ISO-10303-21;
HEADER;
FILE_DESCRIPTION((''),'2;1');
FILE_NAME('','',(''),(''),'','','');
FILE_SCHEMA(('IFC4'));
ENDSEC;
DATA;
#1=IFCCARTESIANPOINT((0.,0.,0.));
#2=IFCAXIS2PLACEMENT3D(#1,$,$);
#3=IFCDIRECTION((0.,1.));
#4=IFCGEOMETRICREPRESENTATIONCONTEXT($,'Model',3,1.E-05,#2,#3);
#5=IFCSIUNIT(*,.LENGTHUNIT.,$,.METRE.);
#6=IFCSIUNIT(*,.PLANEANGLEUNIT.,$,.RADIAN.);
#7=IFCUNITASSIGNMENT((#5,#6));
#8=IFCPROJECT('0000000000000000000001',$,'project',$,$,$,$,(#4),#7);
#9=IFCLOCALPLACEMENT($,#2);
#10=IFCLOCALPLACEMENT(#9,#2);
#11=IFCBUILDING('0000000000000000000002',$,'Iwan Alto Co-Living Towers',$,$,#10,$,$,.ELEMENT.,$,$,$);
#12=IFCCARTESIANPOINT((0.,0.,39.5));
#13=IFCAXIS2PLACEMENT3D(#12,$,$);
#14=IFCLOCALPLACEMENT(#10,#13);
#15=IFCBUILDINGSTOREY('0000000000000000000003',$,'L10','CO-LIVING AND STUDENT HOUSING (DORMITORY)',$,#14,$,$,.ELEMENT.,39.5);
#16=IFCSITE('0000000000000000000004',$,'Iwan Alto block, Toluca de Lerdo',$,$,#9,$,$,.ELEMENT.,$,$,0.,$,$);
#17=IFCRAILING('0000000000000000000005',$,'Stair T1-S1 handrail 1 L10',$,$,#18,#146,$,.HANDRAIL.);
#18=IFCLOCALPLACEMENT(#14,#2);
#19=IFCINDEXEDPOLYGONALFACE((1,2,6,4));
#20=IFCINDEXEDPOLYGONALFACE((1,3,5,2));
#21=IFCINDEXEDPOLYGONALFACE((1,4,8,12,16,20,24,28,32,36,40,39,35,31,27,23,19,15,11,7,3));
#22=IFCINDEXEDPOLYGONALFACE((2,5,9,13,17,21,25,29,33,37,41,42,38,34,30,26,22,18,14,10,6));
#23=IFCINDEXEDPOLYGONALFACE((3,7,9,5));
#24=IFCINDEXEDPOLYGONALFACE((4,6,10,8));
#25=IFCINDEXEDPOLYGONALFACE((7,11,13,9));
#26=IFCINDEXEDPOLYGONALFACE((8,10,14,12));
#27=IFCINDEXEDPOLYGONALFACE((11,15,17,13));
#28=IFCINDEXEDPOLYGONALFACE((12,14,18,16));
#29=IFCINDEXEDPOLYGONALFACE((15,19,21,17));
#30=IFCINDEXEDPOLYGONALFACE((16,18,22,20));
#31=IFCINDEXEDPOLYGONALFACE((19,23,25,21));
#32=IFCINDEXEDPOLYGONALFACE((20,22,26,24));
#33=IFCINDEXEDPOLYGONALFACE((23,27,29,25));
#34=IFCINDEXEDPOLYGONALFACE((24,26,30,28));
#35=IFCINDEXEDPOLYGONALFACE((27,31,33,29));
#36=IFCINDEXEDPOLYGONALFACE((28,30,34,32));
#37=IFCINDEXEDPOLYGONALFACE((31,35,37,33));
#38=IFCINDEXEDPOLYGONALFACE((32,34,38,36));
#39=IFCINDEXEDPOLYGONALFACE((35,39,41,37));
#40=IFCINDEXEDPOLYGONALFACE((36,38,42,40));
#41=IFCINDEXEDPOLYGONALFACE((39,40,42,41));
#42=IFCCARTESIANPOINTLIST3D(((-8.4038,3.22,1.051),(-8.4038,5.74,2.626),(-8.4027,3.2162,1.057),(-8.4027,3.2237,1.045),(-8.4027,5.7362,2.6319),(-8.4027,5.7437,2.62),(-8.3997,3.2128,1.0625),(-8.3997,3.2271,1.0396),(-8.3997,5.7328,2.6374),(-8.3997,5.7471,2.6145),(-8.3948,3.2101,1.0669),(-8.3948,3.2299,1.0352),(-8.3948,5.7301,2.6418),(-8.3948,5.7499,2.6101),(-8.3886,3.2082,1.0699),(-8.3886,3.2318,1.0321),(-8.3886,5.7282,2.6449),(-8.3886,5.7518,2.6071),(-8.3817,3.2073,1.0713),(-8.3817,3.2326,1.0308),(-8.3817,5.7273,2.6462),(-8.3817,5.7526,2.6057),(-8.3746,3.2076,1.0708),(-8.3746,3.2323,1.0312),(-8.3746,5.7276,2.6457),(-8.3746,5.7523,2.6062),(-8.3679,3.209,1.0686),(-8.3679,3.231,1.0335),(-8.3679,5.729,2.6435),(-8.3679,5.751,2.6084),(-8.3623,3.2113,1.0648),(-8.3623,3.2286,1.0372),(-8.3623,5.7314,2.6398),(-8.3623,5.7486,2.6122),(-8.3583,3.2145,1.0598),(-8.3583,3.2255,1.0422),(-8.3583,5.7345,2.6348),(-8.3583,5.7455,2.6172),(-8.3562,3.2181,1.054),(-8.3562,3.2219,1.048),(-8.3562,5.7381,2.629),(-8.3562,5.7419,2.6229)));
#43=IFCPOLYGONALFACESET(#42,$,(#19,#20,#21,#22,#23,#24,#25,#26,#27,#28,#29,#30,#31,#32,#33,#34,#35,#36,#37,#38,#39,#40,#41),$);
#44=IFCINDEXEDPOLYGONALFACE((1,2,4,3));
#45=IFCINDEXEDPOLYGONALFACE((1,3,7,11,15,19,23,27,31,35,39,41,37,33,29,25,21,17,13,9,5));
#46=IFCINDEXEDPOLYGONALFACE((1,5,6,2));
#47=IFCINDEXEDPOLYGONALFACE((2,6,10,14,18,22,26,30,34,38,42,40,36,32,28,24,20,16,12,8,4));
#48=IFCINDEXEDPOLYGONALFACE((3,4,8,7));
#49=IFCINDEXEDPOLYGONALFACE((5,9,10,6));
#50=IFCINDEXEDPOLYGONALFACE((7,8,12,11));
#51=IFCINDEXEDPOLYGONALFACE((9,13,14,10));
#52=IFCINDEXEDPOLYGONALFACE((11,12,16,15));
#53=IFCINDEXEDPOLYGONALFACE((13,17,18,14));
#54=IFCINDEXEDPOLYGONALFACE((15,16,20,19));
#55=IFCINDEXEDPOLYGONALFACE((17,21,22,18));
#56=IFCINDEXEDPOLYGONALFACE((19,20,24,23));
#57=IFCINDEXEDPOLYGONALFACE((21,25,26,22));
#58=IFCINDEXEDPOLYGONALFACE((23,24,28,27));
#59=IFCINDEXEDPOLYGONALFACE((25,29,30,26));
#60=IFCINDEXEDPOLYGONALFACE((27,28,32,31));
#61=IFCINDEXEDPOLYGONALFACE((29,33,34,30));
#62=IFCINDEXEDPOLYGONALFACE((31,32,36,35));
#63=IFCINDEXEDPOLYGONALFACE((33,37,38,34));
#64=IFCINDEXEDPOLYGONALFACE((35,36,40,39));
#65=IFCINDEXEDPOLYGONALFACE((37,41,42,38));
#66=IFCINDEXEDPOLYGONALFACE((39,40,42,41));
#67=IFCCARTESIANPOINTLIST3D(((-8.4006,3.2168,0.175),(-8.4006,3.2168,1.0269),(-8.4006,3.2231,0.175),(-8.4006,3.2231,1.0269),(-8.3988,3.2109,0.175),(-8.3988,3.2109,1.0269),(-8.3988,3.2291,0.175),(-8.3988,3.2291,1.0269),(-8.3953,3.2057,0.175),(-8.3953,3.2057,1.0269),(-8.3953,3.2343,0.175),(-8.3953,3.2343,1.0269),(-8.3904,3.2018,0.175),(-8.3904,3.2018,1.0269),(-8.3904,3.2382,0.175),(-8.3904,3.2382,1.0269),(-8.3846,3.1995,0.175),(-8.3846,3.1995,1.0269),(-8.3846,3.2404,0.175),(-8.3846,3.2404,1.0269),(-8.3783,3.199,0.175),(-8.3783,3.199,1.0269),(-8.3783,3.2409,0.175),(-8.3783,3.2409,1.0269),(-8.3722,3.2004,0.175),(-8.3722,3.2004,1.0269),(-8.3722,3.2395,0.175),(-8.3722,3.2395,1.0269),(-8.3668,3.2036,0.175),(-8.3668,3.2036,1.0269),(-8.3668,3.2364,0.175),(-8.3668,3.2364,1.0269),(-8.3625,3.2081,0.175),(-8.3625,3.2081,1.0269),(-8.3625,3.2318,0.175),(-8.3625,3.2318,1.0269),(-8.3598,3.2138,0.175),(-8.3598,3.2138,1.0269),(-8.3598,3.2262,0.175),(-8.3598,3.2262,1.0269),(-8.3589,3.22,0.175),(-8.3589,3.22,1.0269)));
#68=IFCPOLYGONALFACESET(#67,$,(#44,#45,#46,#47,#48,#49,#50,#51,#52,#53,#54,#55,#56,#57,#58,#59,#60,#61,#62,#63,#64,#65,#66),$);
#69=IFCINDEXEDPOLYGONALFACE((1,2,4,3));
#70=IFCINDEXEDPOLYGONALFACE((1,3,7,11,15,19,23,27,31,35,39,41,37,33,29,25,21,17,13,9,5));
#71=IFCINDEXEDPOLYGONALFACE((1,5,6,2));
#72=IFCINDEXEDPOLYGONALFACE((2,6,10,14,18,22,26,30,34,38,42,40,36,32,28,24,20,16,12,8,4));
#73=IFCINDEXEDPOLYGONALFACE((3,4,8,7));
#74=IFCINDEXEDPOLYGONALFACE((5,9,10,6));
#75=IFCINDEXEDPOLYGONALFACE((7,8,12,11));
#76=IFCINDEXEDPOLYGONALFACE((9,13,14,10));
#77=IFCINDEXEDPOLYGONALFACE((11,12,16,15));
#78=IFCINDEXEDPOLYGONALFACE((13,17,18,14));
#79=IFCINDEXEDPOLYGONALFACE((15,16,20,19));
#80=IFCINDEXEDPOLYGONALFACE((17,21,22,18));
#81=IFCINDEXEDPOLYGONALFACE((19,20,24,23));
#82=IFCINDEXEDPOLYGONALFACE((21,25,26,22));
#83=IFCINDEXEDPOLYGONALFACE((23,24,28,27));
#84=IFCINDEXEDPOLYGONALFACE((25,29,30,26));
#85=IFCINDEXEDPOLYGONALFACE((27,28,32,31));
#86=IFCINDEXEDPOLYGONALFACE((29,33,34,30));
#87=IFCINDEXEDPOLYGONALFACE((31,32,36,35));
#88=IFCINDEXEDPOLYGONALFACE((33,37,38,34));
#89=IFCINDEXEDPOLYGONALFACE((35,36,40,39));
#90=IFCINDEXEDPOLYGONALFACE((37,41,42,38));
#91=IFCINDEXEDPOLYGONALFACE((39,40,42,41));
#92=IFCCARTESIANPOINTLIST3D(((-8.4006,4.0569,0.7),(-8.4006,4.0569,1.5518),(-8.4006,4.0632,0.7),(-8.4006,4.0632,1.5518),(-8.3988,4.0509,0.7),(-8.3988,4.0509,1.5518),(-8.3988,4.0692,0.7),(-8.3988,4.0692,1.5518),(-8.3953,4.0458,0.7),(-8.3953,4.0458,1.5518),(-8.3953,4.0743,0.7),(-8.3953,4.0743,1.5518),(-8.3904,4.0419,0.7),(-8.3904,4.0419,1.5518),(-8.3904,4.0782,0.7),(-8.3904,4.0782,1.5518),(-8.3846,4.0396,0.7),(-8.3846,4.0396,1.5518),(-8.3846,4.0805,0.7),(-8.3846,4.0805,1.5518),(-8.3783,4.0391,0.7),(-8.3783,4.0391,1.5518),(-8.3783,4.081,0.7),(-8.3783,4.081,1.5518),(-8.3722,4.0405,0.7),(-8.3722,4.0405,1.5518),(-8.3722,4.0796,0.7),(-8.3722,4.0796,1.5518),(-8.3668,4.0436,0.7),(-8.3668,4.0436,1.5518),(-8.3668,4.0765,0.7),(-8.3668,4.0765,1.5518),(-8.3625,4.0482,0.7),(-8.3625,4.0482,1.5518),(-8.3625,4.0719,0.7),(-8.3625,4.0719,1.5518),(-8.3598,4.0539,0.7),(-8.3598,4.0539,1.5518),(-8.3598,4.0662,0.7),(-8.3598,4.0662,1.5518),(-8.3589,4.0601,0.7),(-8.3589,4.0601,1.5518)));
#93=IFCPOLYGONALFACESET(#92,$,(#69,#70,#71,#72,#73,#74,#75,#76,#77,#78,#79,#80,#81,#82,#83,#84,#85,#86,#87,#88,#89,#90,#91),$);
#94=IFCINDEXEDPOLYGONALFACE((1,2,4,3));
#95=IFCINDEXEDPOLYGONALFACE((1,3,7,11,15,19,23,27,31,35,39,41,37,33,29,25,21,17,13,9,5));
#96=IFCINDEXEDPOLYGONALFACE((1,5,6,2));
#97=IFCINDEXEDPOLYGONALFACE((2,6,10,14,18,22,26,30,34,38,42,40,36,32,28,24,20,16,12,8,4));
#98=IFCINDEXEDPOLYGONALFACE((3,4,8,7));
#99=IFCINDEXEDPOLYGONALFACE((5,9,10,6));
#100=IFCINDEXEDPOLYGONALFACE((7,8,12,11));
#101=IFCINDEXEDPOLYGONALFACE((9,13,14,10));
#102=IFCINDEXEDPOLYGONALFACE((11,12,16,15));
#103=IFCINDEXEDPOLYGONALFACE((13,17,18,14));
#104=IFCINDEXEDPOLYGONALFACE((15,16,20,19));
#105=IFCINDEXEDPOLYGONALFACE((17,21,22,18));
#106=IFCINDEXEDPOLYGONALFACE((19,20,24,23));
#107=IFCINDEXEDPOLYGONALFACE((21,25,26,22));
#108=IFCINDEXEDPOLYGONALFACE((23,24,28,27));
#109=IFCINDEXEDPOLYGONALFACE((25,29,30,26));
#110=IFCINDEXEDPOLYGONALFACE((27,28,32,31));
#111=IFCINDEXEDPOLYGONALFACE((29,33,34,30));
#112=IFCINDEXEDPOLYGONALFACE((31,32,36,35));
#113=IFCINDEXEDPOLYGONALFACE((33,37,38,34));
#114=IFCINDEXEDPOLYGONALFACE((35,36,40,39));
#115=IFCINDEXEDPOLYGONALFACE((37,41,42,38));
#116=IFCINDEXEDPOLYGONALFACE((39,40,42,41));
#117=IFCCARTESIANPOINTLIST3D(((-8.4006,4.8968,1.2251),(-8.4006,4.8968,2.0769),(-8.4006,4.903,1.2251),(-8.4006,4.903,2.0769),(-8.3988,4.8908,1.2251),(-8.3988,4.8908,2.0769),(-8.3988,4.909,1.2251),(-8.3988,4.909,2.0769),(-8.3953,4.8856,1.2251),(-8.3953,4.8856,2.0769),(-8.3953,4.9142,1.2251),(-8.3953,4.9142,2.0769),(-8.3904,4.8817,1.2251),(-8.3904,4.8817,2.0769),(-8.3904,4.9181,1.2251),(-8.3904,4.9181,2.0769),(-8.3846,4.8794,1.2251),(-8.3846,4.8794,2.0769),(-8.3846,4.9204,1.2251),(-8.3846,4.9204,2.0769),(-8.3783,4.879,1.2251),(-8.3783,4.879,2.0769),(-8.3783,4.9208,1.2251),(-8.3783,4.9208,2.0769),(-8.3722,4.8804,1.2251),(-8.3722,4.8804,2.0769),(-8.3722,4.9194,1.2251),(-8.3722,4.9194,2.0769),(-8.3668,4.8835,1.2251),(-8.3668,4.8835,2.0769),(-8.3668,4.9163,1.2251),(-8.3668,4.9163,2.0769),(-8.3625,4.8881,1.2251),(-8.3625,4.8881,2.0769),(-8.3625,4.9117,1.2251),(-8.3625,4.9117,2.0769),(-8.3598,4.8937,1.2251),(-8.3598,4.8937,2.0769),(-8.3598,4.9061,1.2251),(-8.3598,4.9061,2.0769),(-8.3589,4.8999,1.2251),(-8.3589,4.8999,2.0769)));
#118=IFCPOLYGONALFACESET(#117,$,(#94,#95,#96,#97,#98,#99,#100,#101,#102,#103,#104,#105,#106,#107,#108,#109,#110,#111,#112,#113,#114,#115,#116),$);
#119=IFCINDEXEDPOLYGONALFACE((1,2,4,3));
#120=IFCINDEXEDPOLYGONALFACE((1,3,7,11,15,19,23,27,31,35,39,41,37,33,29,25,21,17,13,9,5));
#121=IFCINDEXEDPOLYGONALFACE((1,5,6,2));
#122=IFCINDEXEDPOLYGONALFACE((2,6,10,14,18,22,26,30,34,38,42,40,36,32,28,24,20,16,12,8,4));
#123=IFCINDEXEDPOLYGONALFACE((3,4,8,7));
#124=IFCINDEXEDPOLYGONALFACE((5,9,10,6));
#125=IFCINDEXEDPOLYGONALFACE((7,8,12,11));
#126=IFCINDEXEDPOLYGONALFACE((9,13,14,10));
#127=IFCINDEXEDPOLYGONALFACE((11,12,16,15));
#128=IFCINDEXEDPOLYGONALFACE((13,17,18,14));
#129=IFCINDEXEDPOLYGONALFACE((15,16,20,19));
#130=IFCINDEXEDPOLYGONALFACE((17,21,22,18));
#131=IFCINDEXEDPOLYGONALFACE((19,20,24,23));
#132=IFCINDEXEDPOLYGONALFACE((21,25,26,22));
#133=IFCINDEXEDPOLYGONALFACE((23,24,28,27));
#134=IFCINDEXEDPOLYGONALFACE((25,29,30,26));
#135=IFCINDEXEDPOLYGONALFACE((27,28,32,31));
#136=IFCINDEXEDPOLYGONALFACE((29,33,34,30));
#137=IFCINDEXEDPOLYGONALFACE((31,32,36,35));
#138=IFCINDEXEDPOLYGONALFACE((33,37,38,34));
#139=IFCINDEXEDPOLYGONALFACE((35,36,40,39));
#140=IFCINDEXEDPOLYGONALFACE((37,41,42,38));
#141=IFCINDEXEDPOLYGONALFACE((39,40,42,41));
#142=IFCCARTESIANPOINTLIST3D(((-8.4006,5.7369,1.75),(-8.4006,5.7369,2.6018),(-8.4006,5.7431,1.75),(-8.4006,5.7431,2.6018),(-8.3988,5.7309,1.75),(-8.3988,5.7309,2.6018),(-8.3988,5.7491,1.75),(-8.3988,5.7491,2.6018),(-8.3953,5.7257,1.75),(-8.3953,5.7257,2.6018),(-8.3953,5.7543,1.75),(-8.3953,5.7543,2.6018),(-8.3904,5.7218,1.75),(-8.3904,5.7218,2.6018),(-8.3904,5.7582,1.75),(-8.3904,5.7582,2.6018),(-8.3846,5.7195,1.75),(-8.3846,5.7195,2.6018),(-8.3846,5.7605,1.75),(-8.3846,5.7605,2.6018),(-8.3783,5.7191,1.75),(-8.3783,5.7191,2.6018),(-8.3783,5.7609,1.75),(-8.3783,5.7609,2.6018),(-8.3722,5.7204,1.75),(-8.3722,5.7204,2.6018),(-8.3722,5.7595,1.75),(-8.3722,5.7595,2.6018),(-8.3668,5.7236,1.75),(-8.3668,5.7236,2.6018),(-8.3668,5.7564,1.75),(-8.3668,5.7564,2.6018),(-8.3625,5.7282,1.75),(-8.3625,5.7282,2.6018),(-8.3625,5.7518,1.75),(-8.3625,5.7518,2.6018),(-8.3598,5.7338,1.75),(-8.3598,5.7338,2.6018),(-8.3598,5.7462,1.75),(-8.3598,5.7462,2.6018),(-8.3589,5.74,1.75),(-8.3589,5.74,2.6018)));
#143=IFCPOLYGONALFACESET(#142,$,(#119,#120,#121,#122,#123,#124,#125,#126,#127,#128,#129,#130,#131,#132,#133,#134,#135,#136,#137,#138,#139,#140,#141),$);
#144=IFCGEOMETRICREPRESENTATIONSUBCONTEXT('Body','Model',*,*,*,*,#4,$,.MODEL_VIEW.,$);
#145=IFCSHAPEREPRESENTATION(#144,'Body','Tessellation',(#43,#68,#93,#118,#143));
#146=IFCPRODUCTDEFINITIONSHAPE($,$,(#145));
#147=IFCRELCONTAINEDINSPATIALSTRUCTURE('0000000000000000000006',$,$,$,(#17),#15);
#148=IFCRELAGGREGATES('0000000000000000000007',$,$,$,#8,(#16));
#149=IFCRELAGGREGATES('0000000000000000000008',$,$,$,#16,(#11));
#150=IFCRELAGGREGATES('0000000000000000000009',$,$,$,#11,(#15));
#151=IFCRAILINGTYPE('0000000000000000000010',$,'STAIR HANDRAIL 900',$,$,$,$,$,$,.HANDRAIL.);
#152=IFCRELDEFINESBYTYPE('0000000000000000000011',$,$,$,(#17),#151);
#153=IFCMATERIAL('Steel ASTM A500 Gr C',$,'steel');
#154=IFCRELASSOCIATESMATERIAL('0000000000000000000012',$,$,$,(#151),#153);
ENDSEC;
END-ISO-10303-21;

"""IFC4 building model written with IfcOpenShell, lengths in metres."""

from ifc_helpers import new_model, si_unit, direction, frame, origin, origin_2d, place, context, subcontext, project, spatial, circle, extrude, material, type_object, element, save


model = new_model("IFC4")

# Units and contexts
model_context = context("Model", 3, precision=1e-05, world=origin(), true_north=direction((0.0, 1.0)))
body_context = subcontext(model_context, "Body", "Model", "MODEL_VIEW")
ifc_project = project(units=[si_unit("LENGTHUNIT", "METRE"), si_unit("PLANEANGLEUNIT", "RADIAN")], contexts=[model_context])

# Site, building, storey
site_placement = place(None, origin())
site = spatial("IfcSite", under=ifc_project, at=site_placement, Name="Iwan Alto block, Toluca de Lerdo", CompositionType="ELEMENT", RefElevation=0.0)
building_placement = place(site_placement, origin())
building = spatial("IfcBuilding", under=site, at=building_placement, Name="Iwan Alto Co-Living Towers", CompositionType="ELEMENT")
storey_placement = place(building_placement, frame((0.0, 0.0, 39.5)))
storey = spatial("IfcBuildingStorey", under=building, at=storey_placement, Name="L10", Description="CO-LIVING AND STUDENT HOUSING (DORMITORY)", CompositionType="ELEMENT", Elevation=39.5)

# Railing
ifc_material_1 = material(Name="Steel ASTM A500 Gr C", Category="steel")
railing_type_1 = type_object("IfcRailingType", Name="STAIR HANDRAIL 900", PredefinedType="HANDRAIL", material=ifc_material_1)
railing_1_placement = place(storey_placement, frame((-8.3799, 3.22, 0.175)))
element("IfcRailing", 1, at=railing_1_placement, inside=storey, type_object=railing_type_1, Name="Stair T1-S1 handrail 1 L10", PredefinedType="HANDRAIL", context=body_context, shape_type="SweptSolid", body=[
    extrude(circle(Radius=0.0239, at=origin_2d()), frame((0.0, 0.0, 0.876), z_axis=(0.0, 0.848008, 0.529984), x_axis=(-1.0, 0.0, 0.0)), (0.0, 0.0, 1.0), 2.9717),
    extrude(circle(Radius=0.021, at=origin_2d()), origin(), (0.0, 0.0, 1.0), 0.8518),
    extrude(circle(Radius=0.021, at=origin_2d()), frame((0.0, 0.8401, 0.5249)), (0.0, 0.0, 1.0), 0.8518),
    extrude(circle(Radius=0.021, at=origin_2d()), frame((0.0, 1.6799, 1.05)), (0.0, 0.0, 1.0), 0.8518),
    extrude(circle(Radius=0.021, at=origin_2d()), frame((0.0, 2.52, 1.575)), (0.0, 0.0, 1.0), 0.8518),
])

save(model, "model.ifc")
